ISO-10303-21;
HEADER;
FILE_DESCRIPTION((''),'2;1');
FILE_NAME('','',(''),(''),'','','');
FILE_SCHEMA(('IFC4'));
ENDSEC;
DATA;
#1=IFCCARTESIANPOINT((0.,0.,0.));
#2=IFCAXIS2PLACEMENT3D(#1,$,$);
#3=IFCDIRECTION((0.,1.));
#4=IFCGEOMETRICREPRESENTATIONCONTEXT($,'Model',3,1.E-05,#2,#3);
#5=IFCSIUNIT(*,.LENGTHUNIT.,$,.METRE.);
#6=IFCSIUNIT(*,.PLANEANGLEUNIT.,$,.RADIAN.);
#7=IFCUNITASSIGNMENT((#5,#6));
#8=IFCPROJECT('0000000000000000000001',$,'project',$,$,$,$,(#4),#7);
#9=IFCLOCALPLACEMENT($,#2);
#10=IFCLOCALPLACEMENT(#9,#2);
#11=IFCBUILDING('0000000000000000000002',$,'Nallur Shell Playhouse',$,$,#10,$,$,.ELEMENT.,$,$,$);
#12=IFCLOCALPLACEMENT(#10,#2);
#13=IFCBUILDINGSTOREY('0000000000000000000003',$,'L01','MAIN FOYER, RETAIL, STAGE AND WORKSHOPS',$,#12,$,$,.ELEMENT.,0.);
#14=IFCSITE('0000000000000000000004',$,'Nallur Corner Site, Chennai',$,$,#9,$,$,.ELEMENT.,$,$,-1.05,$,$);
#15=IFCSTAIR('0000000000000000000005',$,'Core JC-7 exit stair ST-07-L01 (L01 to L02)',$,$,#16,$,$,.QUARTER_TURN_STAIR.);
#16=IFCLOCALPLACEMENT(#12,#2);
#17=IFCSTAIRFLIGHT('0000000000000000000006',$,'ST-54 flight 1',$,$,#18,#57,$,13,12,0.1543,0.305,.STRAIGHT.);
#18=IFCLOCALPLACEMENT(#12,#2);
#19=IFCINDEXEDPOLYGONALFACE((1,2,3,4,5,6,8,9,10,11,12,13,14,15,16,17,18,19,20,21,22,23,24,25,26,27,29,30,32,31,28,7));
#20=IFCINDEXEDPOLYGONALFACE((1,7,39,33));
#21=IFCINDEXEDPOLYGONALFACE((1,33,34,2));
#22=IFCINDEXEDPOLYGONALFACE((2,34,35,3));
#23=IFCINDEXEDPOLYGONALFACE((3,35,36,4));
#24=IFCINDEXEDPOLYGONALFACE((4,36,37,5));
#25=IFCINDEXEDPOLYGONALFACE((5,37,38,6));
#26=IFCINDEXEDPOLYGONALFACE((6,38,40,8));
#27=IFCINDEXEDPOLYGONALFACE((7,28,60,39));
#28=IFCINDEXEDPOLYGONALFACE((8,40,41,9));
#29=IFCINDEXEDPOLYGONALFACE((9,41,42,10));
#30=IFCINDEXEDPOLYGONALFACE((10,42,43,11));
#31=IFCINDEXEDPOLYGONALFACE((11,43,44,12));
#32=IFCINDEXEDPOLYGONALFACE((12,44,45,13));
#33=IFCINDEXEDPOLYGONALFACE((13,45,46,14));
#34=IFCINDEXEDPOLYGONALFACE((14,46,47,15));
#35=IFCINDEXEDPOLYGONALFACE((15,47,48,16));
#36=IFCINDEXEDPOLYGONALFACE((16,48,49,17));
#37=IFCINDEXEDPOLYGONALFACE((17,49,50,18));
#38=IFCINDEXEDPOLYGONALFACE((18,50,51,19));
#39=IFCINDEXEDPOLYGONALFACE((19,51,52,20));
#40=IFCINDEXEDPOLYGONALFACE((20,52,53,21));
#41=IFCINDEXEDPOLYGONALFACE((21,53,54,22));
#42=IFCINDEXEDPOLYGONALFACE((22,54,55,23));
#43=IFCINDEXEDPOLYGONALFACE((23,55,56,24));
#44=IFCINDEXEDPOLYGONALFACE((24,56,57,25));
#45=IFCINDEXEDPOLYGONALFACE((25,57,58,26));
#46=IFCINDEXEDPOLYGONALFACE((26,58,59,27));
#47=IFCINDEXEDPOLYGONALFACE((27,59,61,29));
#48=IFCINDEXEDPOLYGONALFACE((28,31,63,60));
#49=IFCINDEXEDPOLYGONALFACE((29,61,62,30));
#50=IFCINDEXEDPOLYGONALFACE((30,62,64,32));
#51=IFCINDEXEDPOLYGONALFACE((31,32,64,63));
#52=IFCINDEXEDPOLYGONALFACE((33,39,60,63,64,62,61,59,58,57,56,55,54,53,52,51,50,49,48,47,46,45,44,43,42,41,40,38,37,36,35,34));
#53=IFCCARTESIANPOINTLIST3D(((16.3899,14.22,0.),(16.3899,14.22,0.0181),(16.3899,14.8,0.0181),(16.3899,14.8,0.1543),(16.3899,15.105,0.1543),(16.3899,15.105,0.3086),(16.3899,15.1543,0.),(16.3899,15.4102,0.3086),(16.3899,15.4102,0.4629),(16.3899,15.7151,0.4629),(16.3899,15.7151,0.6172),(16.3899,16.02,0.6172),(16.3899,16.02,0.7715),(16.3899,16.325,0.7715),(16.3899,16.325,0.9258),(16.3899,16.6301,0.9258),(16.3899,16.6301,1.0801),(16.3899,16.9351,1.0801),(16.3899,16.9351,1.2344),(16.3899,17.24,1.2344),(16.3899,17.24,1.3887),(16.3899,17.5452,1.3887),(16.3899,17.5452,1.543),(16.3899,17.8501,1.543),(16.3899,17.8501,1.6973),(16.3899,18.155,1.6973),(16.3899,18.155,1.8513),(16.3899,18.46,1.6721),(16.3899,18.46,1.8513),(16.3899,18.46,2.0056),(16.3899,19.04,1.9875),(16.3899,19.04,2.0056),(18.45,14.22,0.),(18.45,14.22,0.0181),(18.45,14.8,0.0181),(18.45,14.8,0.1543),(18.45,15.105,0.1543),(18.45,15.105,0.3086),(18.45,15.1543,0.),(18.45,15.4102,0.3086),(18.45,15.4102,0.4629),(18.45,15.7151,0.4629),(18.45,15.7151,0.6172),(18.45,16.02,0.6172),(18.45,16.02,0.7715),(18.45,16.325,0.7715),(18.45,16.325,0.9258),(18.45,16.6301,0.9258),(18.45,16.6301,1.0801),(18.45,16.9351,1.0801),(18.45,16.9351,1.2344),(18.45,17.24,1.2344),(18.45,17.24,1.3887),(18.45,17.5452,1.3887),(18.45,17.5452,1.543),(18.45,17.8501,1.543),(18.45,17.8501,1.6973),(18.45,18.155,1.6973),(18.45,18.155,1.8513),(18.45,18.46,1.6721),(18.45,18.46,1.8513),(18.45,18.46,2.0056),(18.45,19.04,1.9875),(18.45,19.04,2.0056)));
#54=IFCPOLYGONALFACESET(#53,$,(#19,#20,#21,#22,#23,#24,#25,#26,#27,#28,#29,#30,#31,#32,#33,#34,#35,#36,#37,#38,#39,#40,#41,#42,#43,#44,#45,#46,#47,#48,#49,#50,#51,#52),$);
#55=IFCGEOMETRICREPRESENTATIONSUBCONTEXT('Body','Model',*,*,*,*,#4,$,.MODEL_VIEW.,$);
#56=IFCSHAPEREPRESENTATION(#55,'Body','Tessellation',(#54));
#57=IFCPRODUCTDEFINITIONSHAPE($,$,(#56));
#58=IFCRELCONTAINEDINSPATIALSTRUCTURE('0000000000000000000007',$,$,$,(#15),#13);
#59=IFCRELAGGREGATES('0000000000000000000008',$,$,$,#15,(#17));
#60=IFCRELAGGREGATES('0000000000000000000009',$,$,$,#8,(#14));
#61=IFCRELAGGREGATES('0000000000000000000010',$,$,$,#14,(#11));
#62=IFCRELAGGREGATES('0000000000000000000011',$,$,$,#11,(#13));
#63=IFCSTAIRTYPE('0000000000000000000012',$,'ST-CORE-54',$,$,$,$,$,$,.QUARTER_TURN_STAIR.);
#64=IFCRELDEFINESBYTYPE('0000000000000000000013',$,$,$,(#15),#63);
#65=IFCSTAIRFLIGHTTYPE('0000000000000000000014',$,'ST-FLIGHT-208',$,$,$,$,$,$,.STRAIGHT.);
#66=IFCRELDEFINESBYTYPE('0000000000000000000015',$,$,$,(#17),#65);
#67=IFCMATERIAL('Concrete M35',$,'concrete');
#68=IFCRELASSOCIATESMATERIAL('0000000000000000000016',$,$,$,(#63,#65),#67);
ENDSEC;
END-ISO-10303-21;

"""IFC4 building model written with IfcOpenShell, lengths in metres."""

from ifc_helpers import new_model, si_unit, direction, frame, origin, place, context, subcontext, project, spatial, polyline, outline, extrude, material, type_object, element, aggregate, save


model = new_model("IFC4")

# Units and contexts
model_context = context("Model", 3, precision=1e-05, world=origin(), true_north=direction((0.0, 1.0)))
body_context = subcontext(model_context, "Body", "Model", "MODEL_VIEW")
ifc_project = project(units=[si_unit("LENGTHUNIT", "METRE"), si_unit("PLANEANGLEUNIT", "RADIAN")], contexts=[model_context])

# Site, building, storey
site_placement = place(None, origin())
site = spatial("IfcSite", under=ifc_project, at=site_placement, Name="Nallur Corner Site, Chennai", CompositionType="ELEMENT", RefElevation=-1.05)
building_placement = place(site_placement, origin())
building = spatial("IfcBuilding", under=site, at=building_placement, Name="Nallur Shell Playhouse", CompositionType="ELEMENT")
storey_placement = place(building_placement, origin())
storey = spatial("IfcBuildingStorey", under=building, at=storey_placement, Name="L01", Description="MAIN FOYER, RETAIL, STAGE AND WORKSHOPS", CompositionType="ELEMENT", Elevation=0.0)

# Shared definitions
ifc_material_1 = material(Name="Concrete M35", Category="concrete")

# Stair, stair flight
stair_type = type_object("IfcStairType", Name="ST-CORE-54", PredefinedType="QUARTER_TURN_STAIR", material=ifc_material_1)
stair_placement = place(storey_placement, origin())
stair = element("IfcStair", 1, at=stair_placement, inside=storey, type_object=stair_type, Name="Core JC-7 exit stair ST-07-L01 (L01 to L02)", PredefinedType="QUARTER_TURN_STAIR")
stair_flight_type = type_object("IfcStairFlightType", Name="ST-FLIGHT-208", PredefinedType="STRAIGHT", material=ifc_material_1)
stair_flight_placement = place(storey_placement, frame((17.4199, 14.8, 0.0), z_axis=(0.0, 0.0, 1.0), x_axis=(0.0, 1.0, 0.0)))
stair_flight = element("IfcStairFlight", 2, at=stair_flight_placement, type_object=stair_flight_type, Name="ST-54 flight 1", NumberOfRisers=13, NumberOfTreads=12, PredefinedType="STRAIGHT", RiserHeight=0.1543, TreadLength=0.305, context=body_context, shape_type="SweptSolid", body=[
    extrude(outline(polyline([(-0.5801, 0.0), (-0.5801, 0.0181), (0.0, 0.0181), (0.0, 0.1543), (0.3049, 0.1543), (0.3049, 0.3086), (0.6101, 0.3086), (0.6101, 0.4629), (0.915, 0.4629), (0.915, 0.6172), (1.22, 0.6172), (1.22, 0.7715), (1.5249, 0.7715), (1.5249, 0.9258), (1.8301, 0.9258), (1.8301, 1.0801), (2.135, 1.0801), (2.135, 1.2344), (2.4399, 1.2344), (2.4399, 1.3887), (2.7451, 1.3887), (2.7451, 1.543), (3.05, 1.543), (3.05, 1.6973), (3.355, 1.6973), (3.355, 1.8513), (3.6599, 1.8513), (3.6599, 2.0056), (4.24, 2.0056), (4.24, 1.9875), (3.6599, 1.6721), (0.3542, 0.0), (-0.5801, 0.0)])), frame((0.0, 1.03, 0.0), z_axis=(0.0, -1.0, 0.0), x_axis=(1.0, 0.0, 0.0)), (0.0, 0.0, 1.0), 2.0601),
])
aggregate(stair, [stair_flight])

save(model, "model.ifc")
